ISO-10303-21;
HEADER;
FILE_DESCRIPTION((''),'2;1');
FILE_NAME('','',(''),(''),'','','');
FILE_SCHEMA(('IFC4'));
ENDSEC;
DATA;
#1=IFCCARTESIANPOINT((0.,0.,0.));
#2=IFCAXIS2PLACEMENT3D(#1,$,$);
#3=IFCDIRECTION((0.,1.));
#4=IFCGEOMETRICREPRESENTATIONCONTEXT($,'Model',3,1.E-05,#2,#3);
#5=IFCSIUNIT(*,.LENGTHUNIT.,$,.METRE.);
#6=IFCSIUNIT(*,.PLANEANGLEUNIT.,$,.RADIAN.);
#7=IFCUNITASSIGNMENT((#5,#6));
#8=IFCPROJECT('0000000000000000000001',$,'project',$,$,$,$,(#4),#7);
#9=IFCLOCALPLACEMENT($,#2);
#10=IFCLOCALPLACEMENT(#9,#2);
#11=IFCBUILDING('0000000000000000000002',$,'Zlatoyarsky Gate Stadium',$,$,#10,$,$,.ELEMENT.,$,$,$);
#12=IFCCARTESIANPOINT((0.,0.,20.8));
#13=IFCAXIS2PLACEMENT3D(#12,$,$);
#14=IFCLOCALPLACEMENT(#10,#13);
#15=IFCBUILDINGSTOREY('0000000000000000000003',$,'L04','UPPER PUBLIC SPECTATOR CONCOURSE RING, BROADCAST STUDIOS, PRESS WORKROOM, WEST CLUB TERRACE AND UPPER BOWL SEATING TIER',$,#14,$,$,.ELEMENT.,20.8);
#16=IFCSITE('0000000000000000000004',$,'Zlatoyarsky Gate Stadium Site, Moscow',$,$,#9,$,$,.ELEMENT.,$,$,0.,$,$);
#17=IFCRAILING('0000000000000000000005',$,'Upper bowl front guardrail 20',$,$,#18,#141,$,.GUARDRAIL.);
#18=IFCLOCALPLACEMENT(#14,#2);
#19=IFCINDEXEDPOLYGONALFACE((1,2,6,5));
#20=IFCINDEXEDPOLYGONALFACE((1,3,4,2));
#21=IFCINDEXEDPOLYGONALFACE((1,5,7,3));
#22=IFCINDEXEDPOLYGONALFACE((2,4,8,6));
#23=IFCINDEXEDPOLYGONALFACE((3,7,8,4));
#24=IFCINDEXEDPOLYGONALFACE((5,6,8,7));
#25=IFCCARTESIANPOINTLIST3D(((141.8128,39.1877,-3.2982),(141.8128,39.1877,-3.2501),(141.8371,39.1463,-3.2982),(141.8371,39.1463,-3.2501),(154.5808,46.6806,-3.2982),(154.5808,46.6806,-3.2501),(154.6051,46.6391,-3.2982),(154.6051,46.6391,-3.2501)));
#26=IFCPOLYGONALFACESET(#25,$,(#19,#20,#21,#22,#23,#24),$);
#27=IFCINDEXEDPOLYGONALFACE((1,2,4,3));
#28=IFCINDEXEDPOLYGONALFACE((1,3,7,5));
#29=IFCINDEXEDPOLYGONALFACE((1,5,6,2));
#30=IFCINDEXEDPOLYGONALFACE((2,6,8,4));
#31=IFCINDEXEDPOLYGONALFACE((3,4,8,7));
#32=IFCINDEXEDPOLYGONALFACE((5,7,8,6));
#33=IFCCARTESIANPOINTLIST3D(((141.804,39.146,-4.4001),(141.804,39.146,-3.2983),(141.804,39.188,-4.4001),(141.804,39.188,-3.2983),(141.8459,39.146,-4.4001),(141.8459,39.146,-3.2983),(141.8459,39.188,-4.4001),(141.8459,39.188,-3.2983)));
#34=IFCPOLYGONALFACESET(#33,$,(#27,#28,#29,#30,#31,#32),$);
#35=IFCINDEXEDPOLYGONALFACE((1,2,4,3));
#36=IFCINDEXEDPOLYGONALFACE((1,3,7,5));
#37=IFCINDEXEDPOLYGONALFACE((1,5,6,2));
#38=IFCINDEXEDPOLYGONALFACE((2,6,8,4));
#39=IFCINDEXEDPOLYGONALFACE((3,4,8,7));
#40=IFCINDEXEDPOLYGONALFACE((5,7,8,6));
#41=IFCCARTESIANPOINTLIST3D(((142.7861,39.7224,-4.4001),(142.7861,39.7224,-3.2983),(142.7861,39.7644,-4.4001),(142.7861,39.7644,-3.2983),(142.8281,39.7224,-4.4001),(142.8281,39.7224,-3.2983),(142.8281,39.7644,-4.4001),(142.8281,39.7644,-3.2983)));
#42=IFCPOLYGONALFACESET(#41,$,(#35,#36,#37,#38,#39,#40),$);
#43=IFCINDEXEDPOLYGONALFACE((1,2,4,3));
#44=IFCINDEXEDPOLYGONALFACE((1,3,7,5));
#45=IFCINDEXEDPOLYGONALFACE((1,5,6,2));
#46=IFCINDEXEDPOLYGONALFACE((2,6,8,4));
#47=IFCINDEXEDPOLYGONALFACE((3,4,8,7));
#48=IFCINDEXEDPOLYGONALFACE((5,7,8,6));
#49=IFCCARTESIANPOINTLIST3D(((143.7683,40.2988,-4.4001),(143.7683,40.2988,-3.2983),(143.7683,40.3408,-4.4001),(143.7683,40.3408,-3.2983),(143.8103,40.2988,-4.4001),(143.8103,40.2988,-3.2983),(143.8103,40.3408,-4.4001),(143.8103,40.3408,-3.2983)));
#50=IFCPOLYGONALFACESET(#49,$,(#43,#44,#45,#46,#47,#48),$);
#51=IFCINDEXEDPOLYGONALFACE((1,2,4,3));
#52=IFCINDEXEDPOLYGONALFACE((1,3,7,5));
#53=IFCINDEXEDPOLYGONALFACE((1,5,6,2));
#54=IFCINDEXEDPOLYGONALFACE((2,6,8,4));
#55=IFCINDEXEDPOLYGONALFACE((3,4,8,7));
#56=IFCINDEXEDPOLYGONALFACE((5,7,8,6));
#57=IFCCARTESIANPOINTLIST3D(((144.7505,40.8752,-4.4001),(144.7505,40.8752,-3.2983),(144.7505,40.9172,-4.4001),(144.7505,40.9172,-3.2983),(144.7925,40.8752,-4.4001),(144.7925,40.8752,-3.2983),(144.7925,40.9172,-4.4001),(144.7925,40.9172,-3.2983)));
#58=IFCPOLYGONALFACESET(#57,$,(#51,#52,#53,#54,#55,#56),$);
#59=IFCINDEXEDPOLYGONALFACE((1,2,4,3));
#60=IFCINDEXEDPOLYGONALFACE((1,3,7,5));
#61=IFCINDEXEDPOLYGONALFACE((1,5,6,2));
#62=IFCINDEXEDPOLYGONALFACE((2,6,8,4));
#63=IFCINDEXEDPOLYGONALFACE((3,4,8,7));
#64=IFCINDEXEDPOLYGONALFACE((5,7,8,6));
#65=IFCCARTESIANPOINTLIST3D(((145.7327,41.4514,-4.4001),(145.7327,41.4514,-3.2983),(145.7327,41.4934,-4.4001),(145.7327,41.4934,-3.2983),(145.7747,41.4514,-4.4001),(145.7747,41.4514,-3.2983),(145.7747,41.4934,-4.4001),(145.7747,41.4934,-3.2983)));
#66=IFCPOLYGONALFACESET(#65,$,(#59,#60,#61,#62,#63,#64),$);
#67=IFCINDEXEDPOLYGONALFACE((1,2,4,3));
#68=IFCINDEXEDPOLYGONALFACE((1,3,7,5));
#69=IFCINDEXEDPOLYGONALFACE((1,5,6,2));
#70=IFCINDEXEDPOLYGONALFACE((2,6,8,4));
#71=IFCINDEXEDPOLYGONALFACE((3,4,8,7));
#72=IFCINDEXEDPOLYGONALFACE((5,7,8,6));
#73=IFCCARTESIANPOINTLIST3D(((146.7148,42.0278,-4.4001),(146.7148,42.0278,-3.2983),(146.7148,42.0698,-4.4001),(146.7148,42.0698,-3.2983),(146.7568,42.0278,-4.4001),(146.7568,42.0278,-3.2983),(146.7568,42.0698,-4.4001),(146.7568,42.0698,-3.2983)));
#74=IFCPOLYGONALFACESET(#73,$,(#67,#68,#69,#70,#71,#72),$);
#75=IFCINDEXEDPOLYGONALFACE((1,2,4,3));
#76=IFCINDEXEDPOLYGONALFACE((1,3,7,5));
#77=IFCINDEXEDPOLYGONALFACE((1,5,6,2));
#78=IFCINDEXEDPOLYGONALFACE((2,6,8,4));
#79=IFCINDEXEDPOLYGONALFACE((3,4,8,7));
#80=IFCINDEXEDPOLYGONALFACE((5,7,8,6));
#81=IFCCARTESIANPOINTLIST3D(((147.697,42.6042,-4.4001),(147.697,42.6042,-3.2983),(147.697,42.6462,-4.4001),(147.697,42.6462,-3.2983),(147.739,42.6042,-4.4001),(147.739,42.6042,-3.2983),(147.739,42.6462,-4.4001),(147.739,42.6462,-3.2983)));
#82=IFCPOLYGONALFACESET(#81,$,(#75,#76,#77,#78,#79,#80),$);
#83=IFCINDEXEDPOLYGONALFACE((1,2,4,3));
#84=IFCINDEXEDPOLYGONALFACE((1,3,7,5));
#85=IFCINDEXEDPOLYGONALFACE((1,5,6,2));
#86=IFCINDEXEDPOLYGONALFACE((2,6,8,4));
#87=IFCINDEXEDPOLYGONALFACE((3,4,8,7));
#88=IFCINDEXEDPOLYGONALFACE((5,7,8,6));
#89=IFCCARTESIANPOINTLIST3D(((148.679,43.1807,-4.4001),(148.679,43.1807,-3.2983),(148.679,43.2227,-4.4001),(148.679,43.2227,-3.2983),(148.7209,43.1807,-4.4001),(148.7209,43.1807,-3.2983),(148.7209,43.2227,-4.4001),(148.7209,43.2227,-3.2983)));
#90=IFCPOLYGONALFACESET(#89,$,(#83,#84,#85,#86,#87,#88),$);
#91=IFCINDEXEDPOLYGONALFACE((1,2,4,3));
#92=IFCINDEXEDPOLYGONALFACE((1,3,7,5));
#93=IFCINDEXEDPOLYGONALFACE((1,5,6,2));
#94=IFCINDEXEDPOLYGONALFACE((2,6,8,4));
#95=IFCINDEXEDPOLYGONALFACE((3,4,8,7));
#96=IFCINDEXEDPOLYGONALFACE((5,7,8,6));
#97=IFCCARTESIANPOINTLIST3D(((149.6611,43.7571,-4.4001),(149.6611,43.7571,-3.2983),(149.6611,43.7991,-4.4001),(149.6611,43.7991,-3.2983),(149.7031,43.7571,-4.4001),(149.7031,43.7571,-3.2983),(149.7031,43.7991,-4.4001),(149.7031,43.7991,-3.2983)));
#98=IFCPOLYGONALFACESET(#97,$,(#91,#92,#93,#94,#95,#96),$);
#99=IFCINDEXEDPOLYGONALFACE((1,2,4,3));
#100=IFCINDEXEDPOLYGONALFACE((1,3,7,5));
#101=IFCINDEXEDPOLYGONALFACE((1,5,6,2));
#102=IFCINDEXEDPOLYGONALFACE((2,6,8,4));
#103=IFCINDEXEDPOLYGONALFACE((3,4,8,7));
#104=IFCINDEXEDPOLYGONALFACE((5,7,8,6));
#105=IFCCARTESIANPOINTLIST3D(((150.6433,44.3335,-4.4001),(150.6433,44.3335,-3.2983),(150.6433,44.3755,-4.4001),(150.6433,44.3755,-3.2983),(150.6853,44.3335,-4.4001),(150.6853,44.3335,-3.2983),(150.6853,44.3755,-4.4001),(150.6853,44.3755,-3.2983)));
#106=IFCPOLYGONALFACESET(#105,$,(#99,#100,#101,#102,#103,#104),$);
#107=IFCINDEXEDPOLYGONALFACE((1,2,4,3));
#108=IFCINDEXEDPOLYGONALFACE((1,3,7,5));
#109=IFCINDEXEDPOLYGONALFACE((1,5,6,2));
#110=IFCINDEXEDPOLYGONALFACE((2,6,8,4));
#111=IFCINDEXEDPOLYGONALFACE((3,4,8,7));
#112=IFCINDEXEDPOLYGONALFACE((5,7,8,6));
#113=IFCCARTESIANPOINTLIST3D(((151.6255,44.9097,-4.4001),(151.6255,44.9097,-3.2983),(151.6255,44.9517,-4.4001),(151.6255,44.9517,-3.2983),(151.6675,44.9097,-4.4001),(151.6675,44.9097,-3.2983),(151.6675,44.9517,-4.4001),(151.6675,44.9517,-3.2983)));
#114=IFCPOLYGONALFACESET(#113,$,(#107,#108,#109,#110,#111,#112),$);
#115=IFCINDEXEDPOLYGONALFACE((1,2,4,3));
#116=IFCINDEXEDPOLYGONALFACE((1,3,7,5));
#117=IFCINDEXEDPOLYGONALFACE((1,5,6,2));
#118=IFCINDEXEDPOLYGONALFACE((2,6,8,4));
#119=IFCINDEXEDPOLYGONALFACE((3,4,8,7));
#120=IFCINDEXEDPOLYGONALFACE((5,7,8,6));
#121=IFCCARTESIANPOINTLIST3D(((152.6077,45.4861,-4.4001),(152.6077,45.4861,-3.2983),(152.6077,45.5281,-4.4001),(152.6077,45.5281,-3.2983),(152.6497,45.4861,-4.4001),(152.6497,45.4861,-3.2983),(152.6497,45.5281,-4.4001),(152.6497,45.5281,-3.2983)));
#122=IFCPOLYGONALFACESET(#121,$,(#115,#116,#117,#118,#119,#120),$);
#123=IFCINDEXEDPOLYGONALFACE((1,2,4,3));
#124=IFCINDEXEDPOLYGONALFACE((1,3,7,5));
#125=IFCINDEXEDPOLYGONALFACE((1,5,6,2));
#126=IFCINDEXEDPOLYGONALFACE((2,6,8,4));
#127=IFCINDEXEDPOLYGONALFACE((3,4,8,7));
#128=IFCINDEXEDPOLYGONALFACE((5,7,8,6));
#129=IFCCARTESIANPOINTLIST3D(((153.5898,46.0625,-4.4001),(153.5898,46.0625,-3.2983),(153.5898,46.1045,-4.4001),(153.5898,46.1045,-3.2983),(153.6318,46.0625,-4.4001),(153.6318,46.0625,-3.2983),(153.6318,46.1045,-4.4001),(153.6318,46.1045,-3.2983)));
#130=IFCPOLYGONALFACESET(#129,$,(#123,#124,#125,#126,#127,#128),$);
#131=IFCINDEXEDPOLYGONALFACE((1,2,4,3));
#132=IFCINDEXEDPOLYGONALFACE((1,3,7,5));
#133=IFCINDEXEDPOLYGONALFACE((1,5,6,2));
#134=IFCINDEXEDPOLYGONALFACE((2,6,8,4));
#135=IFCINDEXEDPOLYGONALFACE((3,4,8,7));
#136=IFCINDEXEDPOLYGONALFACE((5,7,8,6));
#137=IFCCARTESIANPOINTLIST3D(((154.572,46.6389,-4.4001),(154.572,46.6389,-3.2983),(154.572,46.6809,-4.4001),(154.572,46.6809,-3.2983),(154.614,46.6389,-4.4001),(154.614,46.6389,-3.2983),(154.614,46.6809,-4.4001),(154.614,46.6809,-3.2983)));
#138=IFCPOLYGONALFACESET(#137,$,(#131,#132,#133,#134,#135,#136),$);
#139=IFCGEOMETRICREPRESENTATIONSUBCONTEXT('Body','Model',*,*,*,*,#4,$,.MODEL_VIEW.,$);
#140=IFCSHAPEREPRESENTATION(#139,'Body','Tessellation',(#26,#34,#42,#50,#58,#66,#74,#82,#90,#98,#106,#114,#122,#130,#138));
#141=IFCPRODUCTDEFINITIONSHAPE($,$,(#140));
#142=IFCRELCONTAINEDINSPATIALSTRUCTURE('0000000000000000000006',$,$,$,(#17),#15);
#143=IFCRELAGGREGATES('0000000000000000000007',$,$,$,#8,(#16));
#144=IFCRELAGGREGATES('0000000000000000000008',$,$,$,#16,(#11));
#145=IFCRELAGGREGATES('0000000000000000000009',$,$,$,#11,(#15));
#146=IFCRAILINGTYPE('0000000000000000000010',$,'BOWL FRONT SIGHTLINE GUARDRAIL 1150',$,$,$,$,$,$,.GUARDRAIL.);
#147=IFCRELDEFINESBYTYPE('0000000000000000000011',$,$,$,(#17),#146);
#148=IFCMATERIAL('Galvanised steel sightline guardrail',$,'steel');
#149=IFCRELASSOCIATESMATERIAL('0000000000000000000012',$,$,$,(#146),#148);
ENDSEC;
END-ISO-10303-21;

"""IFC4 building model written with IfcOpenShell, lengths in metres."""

from ifc_helpers import new_model, si_unit, direction, frame, origin, origin_2d, place, context, subcontext, project, spatial, rectangle, extrude, material, type_object, element, save


model = new_model("IFC4")

# Units and contexts
model_context = context("Model", 3, precision=1e-05, world=origin(), true_north=direction((0.0, 1.0)))
body_context = subcontext(model_context, "Body", "Model", "MODEL_VIEW")
ifc_project = project(units=[si_unit("LENGTHUNIT", "METRE"), si_unit("PLANEANGLEUNIT", "RADIAN")], contexts=[model_context])

# Site, building, storey
site_placement = place(None, origin())
site = spatial("IfcSite", under=ifc_project, at=site_placement, Name="Zlatoyarsky Gate Stadium Site, Moscow", CompositionType="ELEMENT", RefElevation=0.0)
building_placement = place(site_placement, origin())
building = spatial("IfcBuilding", under=site, at=building_placement, Name="Zlatoyarsky Gate Stadium", CompositionType="ELEMENT")
storey_placement = place(building_placement, frame((0.0, 0.0, 20.8)))
storey = spatial("IfcBuildingStorey", under=building, at=storey_placement, Name="L04", Description="UPPER PUBLIC SPECTATOR CONCOURSE RING, BROADCAST STUDIOS, PRESS WORKROOM, WEST CLUB TERRACE AND UPPER BOWL SEATING TIER", CompositionType="ELEMENT", Elevation=20.8)

# Railing
ifc_material_1 = material(Name="Galvanised steel sightline guardrail", Category="steel")
railing_type_1 = type_object("IfcRailingType", Name="BOWL FRONT SIGHTLINE GUARDRAIL 1150", PredefinedType="GUARDRAIL", material=ifc_material_1)
railing_1_placement = place(storey_placement, frame((141.825, 39.167, -4.4001)))
element("IfcRailing", 1, at=railing_1_placement, inside=storey, type_object=railing_type_1, Name="Upper bowl front guardrail 20", PredefinedType="GUARDRAIL", context=body_context, shape_type="SweptSolid", body=[
    extrude(rectangle(XDim=0.0481, YDim=0.0481, at=origin_2d()), frame((0.0, 0.0, 1.126), z_axis=(0.862456, 0.506131, 0.0), x_axis=(-0.506131, 0.862456, 0.0)), (0.0, 0.0, 1.0), 14.8042),
    extrude(rectangle(XDim=0.042, YDim=0.042, at=origin_2d()), origin(), (0.0, 0.0, 1.0), 1.1018),
    extrude(rectangle(XDim=0.042, YDim=0.042, at=origin_2d()), frame((0.9822, 0.5764, 0.0)), (0.0, 0.0, 1.0), 1.1018),
    extrude(rectangle(XDim=0.042, YDim=0.042, at=origin_2d()), frame((1.9644, 1.1528, 0.0)), (0.0, 0.0, 1.0), 1.1018),
    extrude(rectangle(XDim=0.042, YDim=0.042, at=origin_2d()), frame((2.9465, 1.7292, 0.0)), (0.0, 0.0, 1.0), 1.1018),
    extrude(rectangle(XDim=0.042, YDim=0.042, at=origin_2d()), frame((3.9287, 2.3054, 0.0)), (0.0, 0.0, 1.0), 1.1018),
    extrude(rectangle(XDim=0.042, YDim=0.042, at=origin_2d()), frame((4.9109, 2.8818, 0.0)), (0.0, 0.0, 1.0), 1.1018),
    extrude(rectangle(XDim=0.042, YDim=0.042, at=origin_2d()), frame((5.8931, 3.4583, 0.0)), (0.0, 0.0, 1.0), 1.1018),
    extrude(rectangle(XDim=0.042, YDim=0.042, at=origin_2d()), frame((6.875, 4.0347, 0.0)), (0.0, 0.0, 1.0), 1.1018),
    extrude(rectangle(XDim=0.042, YDim=0.042, at=origin_2d()), frame((7.8572, 4.6111, 0.0)), (0.0, 0.0, 1.0), 1.1018),
    extrude(rectangle(XDim=0.042, YDim=0.042, at=origin_2d()), frame((8.8394, 5.1875, 0.0)), (0.0, 0.0, 1.0), 1.1018),
    extrude(rectangle(XDim=0.042, YDim=0.042, at=origin_2d()), frame((9.8215, 5.7637, 0.0)), (0.0, 0.0, 1.0), 1.1018),
    extrude(rectangle(XDim=0.042, YDim=0.042, at=origin_2d()), frame((10.8037, 6.3401, 0.0)), (0.0, 0.0, 1.0), 1.1018),
    extrude(rectangle(XDim=0.042, YDim=0.042, at=origin_2d()), frame((11.7859, 6.9165, 0.0)), (0.0, 0.0, 1.0), 1.1018),
    extrude(rectangle(XDim=0.042, YDim=0.042, at=origin_2d()), frame((12.7681, 7.4929, 0.0)), (0.0, 0.0, 1.0), 1.1018),
])

save(model, "model.ifc")
